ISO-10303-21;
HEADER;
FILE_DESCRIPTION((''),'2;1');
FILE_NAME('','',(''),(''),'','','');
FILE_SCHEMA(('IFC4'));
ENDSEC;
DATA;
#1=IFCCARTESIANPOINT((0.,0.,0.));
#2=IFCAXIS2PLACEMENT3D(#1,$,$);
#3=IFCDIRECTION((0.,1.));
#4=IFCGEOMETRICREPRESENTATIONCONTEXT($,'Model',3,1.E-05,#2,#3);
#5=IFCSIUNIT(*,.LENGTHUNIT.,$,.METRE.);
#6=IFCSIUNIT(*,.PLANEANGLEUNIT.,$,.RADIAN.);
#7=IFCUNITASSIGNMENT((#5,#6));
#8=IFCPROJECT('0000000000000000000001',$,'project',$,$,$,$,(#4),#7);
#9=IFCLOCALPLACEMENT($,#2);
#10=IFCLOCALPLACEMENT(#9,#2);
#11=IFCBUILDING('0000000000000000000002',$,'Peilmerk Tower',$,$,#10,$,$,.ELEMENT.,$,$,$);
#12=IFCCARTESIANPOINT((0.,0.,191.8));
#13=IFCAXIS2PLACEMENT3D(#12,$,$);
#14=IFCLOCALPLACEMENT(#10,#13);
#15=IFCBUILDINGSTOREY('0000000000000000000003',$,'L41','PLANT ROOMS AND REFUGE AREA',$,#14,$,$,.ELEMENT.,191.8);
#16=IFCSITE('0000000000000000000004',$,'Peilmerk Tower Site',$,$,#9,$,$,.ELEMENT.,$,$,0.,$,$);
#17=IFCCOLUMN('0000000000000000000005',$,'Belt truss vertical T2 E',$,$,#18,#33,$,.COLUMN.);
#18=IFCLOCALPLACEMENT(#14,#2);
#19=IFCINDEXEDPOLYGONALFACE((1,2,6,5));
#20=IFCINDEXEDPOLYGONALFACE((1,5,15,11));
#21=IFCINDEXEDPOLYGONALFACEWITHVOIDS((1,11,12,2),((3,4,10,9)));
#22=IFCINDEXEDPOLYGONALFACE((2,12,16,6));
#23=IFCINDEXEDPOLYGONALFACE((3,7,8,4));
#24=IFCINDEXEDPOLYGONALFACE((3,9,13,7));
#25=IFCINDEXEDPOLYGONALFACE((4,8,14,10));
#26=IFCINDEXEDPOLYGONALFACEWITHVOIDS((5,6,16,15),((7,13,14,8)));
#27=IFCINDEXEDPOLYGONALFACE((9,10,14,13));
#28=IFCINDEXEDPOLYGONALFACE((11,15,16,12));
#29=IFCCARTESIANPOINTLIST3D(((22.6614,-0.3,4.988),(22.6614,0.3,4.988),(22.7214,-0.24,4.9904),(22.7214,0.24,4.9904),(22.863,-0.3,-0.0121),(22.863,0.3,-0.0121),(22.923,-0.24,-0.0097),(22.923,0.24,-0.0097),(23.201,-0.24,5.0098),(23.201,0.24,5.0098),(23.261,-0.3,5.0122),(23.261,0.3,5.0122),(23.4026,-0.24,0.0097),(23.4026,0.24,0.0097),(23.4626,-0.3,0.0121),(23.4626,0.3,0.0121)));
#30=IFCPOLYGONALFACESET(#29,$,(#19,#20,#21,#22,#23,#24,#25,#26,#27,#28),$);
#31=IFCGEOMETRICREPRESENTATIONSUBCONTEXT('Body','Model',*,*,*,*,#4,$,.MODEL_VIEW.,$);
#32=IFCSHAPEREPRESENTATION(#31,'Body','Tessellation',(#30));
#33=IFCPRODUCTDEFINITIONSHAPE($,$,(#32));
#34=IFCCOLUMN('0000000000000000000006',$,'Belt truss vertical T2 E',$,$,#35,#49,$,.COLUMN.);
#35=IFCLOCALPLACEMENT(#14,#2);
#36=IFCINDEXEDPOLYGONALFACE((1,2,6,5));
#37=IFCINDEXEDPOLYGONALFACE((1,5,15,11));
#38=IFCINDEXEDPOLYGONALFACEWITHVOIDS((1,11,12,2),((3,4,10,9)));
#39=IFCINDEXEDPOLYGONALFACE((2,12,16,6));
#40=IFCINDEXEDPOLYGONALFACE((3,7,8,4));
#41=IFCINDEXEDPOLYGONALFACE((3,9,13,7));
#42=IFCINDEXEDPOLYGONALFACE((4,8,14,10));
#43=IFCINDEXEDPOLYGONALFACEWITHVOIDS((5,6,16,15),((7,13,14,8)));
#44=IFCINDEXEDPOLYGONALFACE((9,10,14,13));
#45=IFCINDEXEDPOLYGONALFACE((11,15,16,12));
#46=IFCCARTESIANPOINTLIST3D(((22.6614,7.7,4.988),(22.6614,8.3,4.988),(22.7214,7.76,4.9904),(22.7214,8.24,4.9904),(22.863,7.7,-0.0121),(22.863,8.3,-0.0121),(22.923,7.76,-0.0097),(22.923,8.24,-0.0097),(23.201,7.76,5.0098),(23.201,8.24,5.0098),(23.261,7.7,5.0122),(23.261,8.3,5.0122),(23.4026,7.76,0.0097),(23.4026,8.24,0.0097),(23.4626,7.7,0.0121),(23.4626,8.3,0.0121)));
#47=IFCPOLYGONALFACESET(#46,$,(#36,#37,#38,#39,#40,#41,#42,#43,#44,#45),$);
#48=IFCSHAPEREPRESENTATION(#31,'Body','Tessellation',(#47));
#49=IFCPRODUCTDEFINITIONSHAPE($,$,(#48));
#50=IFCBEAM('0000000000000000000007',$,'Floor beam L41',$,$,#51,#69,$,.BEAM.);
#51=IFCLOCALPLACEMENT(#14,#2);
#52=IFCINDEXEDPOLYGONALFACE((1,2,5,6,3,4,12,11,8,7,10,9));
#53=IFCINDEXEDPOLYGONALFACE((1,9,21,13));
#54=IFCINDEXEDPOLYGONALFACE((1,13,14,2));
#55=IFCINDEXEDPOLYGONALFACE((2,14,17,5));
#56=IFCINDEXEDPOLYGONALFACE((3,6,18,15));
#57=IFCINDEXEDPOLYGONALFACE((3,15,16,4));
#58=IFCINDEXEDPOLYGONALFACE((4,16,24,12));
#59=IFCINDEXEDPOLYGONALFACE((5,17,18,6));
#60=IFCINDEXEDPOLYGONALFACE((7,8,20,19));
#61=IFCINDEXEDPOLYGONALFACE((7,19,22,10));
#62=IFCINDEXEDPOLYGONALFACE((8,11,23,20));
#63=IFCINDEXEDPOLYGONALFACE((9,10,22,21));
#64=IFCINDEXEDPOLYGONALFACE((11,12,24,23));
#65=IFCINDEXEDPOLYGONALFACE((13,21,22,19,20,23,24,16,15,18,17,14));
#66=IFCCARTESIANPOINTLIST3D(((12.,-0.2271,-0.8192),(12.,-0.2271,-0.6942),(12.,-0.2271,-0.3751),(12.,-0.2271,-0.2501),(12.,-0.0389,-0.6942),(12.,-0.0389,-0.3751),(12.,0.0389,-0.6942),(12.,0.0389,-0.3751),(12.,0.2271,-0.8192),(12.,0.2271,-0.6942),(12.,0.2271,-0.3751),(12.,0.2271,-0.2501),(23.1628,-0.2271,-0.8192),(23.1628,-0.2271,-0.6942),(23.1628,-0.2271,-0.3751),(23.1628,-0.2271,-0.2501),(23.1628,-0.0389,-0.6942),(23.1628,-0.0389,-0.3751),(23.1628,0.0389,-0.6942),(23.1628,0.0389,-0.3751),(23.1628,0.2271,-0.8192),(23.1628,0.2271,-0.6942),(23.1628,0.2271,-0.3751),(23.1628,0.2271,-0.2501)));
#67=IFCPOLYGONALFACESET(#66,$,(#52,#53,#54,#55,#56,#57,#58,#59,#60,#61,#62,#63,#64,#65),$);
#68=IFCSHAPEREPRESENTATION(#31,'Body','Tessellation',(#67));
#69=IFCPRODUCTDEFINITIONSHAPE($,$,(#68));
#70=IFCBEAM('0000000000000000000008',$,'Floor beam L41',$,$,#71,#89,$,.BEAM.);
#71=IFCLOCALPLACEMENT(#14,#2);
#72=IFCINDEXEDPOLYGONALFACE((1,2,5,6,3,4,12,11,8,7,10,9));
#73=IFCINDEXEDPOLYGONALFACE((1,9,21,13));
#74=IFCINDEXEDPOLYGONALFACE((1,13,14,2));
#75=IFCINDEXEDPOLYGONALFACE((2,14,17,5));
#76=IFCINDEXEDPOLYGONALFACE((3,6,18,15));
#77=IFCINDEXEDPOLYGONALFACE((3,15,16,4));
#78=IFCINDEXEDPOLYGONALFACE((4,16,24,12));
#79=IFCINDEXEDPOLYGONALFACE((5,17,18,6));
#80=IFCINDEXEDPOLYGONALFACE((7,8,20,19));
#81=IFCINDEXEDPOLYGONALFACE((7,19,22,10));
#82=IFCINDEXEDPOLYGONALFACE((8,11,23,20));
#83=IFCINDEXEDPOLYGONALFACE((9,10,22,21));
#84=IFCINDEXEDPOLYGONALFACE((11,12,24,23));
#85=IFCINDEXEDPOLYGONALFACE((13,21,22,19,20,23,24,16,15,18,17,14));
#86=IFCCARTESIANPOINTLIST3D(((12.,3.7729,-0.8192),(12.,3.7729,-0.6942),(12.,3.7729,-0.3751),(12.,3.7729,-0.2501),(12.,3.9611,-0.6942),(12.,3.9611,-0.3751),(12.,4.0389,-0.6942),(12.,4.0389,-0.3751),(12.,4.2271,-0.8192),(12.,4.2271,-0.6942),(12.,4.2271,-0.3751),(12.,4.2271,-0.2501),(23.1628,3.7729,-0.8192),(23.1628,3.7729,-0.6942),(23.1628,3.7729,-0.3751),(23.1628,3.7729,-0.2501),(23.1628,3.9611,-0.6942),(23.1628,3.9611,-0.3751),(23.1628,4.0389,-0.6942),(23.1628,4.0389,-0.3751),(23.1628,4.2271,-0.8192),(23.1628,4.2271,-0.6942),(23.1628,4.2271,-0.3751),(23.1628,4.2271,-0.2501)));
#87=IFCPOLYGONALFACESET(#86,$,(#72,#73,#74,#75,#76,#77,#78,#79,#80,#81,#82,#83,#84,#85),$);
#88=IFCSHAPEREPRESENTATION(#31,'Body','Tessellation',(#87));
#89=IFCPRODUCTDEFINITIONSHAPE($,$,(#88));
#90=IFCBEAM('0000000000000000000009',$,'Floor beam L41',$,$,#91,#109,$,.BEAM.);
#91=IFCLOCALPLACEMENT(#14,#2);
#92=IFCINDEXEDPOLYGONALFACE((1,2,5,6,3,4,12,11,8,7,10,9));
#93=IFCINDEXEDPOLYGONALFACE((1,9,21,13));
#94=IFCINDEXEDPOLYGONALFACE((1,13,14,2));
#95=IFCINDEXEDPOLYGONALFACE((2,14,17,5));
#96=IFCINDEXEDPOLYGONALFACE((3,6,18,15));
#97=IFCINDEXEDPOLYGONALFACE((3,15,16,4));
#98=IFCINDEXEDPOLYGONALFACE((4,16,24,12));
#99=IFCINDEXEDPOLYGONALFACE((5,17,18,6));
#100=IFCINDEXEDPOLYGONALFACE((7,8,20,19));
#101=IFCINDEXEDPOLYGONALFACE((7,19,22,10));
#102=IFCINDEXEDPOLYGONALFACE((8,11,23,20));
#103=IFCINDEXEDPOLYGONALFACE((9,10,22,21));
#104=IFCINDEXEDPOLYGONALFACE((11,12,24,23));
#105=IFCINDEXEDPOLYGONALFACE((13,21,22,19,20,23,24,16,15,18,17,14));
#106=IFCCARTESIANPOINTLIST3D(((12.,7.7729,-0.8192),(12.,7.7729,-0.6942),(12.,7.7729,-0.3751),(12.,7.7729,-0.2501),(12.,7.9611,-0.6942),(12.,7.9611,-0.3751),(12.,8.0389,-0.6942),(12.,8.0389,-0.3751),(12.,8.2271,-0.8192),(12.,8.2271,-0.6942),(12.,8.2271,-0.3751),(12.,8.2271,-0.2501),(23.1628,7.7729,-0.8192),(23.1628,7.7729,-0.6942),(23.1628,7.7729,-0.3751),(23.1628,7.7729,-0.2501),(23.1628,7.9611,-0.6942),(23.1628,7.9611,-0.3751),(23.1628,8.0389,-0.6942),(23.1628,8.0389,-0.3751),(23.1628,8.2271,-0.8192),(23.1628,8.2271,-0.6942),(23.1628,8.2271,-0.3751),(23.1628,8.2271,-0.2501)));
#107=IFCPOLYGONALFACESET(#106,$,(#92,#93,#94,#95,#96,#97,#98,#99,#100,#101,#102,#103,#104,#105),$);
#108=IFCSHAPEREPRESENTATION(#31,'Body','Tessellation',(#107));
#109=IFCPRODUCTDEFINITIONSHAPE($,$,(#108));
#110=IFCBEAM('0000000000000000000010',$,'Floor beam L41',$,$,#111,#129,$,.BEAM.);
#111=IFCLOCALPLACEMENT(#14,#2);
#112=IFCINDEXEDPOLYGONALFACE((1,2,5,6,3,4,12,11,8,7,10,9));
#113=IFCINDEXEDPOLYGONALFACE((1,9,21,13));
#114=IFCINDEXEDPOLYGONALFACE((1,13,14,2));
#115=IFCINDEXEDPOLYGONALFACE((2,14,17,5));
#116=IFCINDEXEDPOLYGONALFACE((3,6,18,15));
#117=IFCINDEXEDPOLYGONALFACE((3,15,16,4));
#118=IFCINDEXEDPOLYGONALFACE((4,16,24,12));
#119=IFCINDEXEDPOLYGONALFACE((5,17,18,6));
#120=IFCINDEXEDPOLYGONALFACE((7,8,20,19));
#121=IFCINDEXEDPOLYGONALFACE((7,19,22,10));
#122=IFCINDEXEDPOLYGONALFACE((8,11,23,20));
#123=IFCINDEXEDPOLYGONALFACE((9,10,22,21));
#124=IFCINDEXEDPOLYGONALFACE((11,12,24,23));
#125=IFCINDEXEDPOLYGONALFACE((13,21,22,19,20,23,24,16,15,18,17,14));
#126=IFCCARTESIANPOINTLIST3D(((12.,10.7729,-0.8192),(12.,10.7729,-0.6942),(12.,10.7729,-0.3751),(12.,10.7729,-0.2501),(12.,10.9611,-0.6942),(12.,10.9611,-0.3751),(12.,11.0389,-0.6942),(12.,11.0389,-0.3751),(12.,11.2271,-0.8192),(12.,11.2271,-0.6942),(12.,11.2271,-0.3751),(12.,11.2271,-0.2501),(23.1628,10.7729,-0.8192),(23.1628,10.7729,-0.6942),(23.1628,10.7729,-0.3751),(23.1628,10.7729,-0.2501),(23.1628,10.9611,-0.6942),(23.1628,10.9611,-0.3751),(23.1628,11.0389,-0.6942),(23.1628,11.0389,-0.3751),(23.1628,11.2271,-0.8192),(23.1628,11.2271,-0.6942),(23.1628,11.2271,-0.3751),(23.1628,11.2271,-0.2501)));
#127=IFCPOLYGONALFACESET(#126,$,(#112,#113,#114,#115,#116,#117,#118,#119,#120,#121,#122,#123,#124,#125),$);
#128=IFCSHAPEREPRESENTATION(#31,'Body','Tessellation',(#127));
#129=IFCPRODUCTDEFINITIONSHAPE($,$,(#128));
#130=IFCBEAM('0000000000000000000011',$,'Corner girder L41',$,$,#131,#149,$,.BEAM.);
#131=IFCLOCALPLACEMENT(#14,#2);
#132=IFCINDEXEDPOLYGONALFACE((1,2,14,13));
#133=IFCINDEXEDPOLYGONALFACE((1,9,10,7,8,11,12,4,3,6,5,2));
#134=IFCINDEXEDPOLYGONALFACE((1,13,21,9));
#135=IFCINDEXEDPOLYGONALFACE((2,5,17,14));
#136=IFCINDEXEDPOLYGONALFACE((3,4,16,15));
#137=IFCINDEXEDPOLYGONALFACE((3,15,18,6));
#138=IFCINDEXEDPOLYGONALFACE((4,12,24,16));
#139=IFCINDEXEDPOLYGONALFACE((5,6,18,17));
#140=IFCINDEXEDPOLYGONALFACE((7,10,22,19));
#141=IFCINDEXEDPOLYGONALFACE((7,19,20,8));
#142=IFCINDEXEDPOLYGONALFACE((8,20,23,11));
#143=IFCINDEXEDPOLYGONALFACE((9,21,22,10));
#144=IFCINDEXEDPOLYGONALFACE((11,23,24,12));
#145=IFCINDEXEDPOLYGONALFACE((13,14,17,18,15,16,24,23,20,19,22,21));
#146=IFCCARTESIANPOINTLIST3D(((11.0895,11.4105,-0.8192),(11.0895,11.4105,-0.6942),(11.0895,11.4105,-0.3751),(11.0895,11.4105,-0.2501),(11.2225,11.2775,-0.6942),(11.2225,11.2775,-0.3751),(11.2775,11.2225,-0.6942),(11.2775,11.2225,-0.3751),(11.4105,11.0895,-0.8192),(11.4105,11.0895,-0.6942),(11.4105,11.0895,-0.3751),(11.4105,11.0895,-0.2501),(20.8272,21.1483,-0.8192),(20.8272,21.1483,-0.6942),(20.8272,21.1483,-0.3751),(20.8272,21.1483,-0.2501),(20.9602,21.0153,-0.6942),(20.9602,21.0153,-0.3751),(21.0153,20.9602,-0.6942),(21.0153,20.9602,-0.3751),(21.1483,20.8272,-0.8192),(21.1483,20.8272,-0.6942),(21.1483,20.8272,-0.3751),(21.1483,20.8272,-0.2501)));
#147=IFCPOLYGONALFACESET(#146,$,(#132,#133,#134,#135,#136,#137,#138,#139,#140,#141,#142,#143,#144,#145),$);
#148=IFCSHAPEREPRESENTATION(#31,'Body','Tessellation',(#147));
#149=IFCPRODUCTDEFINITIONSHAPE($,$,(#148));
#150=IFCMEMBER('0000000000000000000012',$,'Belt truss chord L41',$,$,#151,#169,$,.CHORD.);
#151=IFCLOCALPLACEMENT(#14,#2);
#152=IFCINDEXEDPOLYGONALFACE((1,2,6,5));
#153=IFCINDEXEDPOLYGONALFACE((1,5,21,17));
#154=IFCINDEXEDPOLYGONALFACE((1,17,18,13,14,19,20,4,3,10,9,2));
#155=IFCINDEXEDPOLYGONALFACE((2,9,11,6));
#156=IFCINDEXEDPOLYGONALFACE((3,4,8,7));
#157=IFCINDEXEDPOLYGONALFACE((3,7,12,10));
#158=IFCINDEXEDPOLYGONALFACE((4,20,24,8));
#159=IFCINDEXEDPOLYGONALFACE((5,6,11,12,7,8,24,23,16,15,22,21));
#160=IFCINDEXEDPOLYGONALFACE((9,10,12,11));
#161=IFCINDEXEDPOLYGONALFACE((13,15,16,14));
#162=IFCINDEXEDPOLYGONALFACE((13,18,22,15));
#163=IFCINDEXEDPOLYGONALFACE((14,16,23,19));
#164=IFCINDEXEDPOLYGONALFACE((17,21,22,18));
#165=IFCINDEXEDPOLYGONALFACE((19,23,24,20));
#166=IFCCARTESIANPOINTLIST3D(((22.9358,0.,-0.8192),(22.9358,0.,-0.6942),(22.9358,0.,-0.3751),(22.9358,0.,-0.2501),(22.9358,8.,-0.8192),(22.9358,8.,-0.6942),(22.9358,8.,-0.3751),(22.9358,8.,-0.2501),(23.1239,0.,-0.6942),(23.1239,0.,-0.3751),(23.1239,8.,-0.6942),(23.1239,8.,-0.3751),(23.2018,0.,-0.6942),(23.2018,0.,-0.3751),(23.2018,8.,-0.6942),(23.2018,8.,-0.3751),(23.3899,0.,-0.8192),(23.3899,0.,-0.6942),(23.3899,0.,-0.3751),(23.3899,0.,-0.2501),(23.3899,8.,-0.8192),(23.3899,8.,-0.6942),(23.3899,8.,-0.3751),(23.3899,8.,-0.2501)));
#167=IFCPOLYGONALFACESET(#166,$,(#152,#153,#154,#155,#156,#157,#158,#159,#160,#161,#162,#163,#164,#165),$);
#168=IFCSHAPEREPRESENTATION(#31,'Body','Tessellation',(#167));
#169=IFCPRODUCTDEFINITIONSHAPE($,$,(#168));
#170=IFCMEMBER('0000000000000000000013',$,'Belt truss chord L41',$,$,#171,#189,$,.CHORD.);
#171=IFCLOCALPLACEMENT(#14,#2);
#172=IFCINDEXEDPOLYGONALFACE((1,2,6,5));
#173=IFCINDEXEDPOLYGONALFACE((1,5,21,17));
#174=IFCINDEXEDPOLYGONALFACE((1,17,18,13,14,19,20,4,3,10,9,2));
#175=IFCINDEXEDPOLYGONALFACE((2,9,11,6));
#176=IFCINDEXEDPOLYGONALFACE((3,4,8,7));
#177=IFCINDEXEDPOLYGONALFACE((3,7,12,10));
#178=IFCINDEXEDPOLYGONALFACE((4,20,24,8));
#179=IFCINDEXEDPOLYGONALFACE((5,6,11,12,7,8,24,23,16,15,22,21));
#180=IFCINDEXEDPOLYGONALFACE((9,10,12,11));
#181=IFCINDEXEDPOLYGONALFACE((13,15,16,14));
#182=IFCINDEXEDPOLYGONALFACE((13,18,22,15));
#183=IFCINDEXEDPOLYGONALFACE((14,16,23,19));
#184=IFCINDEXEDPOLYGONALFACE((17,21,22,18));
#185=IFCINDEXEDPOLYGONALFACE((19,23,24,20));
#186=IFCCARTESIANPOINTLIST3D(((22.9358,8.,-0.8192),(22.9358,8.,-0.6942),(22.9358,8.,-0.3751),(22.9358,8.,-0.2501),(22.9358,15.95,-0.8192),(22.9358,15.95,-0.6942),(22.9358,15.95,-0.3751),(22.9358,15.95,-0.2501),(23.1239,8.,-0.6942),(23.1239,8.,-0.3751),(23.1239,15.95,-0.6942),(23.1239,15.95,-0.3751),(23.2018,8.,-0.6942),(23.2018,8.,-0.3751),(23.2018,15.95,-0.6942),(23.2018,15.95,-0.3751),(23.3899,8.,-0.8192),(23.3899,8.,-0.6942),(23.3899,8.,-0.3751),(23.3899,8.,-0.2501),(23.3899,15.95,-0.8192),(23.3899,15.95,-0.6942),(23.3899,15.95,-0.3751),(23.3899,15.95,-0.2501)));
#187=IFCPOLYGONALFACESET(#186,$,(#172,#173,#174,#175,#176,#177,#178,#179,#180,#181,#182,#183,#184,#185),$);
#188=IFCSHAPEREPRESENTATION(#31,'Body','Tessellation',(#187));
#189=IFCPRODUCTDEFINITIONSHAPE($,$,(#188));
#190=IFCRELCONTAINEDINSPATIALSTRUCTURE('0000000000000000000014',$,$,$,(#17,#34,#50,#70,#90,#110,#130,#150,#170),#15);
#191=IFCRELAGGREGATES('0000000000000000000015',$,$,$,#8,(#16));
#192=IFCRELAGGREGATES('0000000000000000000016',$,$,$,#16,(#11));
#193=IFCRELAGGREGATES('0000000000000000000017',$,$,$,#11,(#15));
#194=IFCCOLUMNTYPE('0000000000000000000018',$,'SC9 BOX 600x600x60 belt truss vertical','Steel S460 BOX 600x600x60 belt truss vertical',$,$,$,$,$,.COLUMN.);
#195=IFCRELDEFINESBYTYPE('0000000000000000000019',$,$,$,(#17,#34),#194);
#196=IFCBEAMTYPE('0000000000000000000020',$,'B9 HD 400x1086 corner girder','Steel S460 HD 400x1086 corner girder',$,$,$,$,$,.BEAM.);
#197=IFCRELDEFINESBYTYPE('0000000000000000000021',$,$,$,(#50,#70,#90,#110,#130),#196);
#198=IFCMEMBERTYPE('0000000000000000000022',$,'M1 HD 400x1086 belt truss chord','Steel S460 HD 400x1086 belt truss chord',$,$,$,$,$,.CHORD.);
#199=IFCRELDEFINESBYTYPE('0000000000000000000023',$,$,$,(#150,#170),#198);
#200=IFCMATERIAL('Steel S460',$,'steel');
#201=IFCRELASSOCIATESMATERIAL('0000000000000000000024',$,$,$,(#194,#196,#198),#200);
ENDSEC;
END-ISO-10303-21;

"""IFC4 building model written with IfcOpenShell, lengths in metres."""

from ifc_helpers import new_model, si_unit, direction, frame, origin, origin_2d, place, context, subcontext, project, spatial, hollow_rectangle, i_section, extrude, material, material_profile, profile_set, type_object, element, save


model = new_model("IFC4")

# Units and contexts
model_context = context("Model", 3, precision=1e-05, world=origin(), true_north=direction((0.0, 1.0)))
body_context = subcontext(model_context, "Body", "Model", "MODEL_VIEW")
ifc_project = project(units=[si_unit("LENGTHUNIT", "METRE"), si_unit("PLANEANGLEUNIT", "RADIAN")], contexts=[model_context])

# Site, building, storey
site_placement = place(None, origin())
site = spatial("IfcSite", under=ifc_project, at=site_placement, Name="Peilmerk Tower Site", CompositionType="ELEMENT", RefElevation=0.0)
building_placement = place(site_placement, origin())
building = spatial("IfcBuilding", under=site, at=building_placement, Name="Peilmerk Tower", CompositionType="ELEMENT")
storey_placement = place(building_placement, frame((0.0, 0.0, 191.8)))
storey = spatial("IfcBuildingStorey", under=building, at=storey_placement, Name="L41", Description="PLANT ROOMS AND REFUGE AREA", CompositionType="ELEMENT", Elevation=191.8)

# Columns
ifc_material_1 = material(Name="Steel S460", Category="steel")
ifc_material_profile_1 = material_profile(ifc_material_1, hollow_rectangle(XDim=0.6001, YDim=0.6001, WallThickness=0.0601, at=origin_2d()), Name="BOX 600x600x60")
ifc_profile_set_1 = profile_set([ifc_material_profile_1], Name="Steel S460")
column_type = type_object("IfcColumnType", Name="SC9 BOX 600x600x60 belt truss vertical", Description="Steel S460 BOX 600x600x60 belt truss vertical", PredefinedType="COLUMN", material=ifc_profile_set_1)
for number, where, z_axis, x_axis, name in (
    (1, (23.1628, 0.0, 0.0), (-0.040299, 0.0, 0.999188), (0.0, -1.0, 0.0), "Belt truss vertical T2 E"),
    (2, (23.1628, 8.0, 0.0), (-0.040299, 0.0, 0.999188), (0.0, -1.0, 0.0), "Belt truss vertical T2 E"),
):
    element("IfcColumn", number, at=place(storey_placement, frame(where, z_axis=z_axis, x_axis=x_axis)), inside=storey, type_object=column_type, Name=name, PredefinedType="COLUMN", context=body_context, shape_type="SweptSolid", body=[
        extrude(hollow_rectangle(XDim=0.6001, YDim=0.6001, WallThickness=0.0601, at=origin_2d()), origin(), (0.0, 0.0, 1.0), 5.0042),
    ])

# Beams
ifc_material_profile_2 = material_profile(ifc_material_1, i_section(OverallWidth=0.4541, OverallDepth=0.5691, WebThickness=0.0779, FlangeThickness=0.125, at=origin_2d()), Name="HD 400x1086")
ifc_profile_set_2 = profile_set([ifc_material_profile_2], Name="Steel S460")
beam_type = type_object("IfcBeamType", Name="B9 HD 400x1086 corner girder", Description="Steel S460 HD 400x1086 corner girder", PredefinedType="BEAM", material=ifc_profile_set_2)
for number, where, z_axis, x_axis, name in (
    (3, (12.0, 0.0, -0.5347), (1.0, 0.0, 0.0), (0.0, 1.0, 0.0), "Floor beam L41"),
    (4, (12.0, 4.0, -0.5347), (1.0, 0.0, 0.0), (0.0, 1.0, 0.0), "Floor beam L41"),
    (5, (12.0, 8.0, -0.5347), (1.0, 0.0, 0.0), (0.0, 1.0, 0.0), "Floor beam L41"),
    (6, (12.0, 11.0, -0.5347), (1.0, 0.0, 0.0), (0.0, 1.0, 0.0), "Floor beam L41"),
):
    element("IfcBeam", number, at=place(storey_placement, frame(where, z_axis=z_axis, x_axis=x_axis)), inside=storey, type_object=beam_type, Name=name, PredefinedType="BEAM", context=body_context, shape_type="SweptSolid", body=[
        extrude(i_section(OverallWidth=0.4541, OverallDepth=0.5691, WebThickness=0.0779, FlangeThickness=0.125, at=origin_2d()), origin(), (0.0, 0.0, 1.0), 11.1628),
    ])
beam_placement = place(storey_placement, frame((11.25, 11.25, -0.5347), z_axis=(0.707107, 0.707107, 0.0), x_axis=(-0.707107, 0.707107, 0.0)))
element("IfcBeam", 7, at=beam_placement, inside=storey, type_object=beam_type, Name="Corner girder L41", PredefinedType="BEAM", context=body_context, shape_type="SweptSolid", body=[
    extrude(i_section(OverallWidth=0.4541, OverallDepth=0.5691, WebThickness=0.0779, FlangeThickness=0.125, at=origin_2d()), origin(), (0.0, 0.0, 1.0), 13.7712),
])

# Members
ifc_material_profile_3 = material_profile(ifc_material_1, i_section(OverallWidth=0.4541, OverallDepth=0.5691, WebThickness=0.0779, FlangeThickness=0.125, at=origin_2d()), Name="HD 400x1086")
ifc_profile_set_3 = profile_set([ifc_material_profile_3], Name="Steel S460")
member_type_1 = type_object("IfcMemberType", Name="M1 HD 400x1086 belt truss chord", Description="Steel S460 HD 400x1086 belt truss chord", PredefinedType="CHORD", material=ifc_profile_set_3)
member_1_placement = place(storey_placement, frame((23.1628, 0.0, -0.5347), z_axis=(0.0, 1.0, 0.0), x_axis=(-1.0, 0.0, 0.0)))
element("IfcMember", 8, at=member_1_placement, inside=storey, type_object=member_type_1, Name="Belt truss chord L41", PredefinedType="CHORD", context=body_context, shape_type="SweptSolid", body=[
    extrude(i_section(OverallWidth=0.4541, OverallDepth=0.5691, WebThickness=0.0779, FlangeThickness=0.125, at=origin_2d()), origin(), (0.0, 0.0, 1.0), 8.0),
])
member_2_placement = place(storey_placement, frame((23.1628, 8.0, -0.5347), z_axis=(0.0, 1.0, 0.0), x_axis=(-1.0, 0.0, 0.0)))
element("IfcMember", 9, at=member_2_placement, inside=storey, type_object=member_type_1, Name="Belt truss chord L41", PredefinedType="CHORD", context=body_context, shape_type="SweptSolid", body=[
    extrude(i_section(OverallWidth=0.4541, OverallDepth=0.5691, WebThickness=0.0779, FlangeThickness=0.125, at=origin_2d()), origin(), (0.0, 0.0, 1.0), 7.95),
])

save(model, "model.ifc")
